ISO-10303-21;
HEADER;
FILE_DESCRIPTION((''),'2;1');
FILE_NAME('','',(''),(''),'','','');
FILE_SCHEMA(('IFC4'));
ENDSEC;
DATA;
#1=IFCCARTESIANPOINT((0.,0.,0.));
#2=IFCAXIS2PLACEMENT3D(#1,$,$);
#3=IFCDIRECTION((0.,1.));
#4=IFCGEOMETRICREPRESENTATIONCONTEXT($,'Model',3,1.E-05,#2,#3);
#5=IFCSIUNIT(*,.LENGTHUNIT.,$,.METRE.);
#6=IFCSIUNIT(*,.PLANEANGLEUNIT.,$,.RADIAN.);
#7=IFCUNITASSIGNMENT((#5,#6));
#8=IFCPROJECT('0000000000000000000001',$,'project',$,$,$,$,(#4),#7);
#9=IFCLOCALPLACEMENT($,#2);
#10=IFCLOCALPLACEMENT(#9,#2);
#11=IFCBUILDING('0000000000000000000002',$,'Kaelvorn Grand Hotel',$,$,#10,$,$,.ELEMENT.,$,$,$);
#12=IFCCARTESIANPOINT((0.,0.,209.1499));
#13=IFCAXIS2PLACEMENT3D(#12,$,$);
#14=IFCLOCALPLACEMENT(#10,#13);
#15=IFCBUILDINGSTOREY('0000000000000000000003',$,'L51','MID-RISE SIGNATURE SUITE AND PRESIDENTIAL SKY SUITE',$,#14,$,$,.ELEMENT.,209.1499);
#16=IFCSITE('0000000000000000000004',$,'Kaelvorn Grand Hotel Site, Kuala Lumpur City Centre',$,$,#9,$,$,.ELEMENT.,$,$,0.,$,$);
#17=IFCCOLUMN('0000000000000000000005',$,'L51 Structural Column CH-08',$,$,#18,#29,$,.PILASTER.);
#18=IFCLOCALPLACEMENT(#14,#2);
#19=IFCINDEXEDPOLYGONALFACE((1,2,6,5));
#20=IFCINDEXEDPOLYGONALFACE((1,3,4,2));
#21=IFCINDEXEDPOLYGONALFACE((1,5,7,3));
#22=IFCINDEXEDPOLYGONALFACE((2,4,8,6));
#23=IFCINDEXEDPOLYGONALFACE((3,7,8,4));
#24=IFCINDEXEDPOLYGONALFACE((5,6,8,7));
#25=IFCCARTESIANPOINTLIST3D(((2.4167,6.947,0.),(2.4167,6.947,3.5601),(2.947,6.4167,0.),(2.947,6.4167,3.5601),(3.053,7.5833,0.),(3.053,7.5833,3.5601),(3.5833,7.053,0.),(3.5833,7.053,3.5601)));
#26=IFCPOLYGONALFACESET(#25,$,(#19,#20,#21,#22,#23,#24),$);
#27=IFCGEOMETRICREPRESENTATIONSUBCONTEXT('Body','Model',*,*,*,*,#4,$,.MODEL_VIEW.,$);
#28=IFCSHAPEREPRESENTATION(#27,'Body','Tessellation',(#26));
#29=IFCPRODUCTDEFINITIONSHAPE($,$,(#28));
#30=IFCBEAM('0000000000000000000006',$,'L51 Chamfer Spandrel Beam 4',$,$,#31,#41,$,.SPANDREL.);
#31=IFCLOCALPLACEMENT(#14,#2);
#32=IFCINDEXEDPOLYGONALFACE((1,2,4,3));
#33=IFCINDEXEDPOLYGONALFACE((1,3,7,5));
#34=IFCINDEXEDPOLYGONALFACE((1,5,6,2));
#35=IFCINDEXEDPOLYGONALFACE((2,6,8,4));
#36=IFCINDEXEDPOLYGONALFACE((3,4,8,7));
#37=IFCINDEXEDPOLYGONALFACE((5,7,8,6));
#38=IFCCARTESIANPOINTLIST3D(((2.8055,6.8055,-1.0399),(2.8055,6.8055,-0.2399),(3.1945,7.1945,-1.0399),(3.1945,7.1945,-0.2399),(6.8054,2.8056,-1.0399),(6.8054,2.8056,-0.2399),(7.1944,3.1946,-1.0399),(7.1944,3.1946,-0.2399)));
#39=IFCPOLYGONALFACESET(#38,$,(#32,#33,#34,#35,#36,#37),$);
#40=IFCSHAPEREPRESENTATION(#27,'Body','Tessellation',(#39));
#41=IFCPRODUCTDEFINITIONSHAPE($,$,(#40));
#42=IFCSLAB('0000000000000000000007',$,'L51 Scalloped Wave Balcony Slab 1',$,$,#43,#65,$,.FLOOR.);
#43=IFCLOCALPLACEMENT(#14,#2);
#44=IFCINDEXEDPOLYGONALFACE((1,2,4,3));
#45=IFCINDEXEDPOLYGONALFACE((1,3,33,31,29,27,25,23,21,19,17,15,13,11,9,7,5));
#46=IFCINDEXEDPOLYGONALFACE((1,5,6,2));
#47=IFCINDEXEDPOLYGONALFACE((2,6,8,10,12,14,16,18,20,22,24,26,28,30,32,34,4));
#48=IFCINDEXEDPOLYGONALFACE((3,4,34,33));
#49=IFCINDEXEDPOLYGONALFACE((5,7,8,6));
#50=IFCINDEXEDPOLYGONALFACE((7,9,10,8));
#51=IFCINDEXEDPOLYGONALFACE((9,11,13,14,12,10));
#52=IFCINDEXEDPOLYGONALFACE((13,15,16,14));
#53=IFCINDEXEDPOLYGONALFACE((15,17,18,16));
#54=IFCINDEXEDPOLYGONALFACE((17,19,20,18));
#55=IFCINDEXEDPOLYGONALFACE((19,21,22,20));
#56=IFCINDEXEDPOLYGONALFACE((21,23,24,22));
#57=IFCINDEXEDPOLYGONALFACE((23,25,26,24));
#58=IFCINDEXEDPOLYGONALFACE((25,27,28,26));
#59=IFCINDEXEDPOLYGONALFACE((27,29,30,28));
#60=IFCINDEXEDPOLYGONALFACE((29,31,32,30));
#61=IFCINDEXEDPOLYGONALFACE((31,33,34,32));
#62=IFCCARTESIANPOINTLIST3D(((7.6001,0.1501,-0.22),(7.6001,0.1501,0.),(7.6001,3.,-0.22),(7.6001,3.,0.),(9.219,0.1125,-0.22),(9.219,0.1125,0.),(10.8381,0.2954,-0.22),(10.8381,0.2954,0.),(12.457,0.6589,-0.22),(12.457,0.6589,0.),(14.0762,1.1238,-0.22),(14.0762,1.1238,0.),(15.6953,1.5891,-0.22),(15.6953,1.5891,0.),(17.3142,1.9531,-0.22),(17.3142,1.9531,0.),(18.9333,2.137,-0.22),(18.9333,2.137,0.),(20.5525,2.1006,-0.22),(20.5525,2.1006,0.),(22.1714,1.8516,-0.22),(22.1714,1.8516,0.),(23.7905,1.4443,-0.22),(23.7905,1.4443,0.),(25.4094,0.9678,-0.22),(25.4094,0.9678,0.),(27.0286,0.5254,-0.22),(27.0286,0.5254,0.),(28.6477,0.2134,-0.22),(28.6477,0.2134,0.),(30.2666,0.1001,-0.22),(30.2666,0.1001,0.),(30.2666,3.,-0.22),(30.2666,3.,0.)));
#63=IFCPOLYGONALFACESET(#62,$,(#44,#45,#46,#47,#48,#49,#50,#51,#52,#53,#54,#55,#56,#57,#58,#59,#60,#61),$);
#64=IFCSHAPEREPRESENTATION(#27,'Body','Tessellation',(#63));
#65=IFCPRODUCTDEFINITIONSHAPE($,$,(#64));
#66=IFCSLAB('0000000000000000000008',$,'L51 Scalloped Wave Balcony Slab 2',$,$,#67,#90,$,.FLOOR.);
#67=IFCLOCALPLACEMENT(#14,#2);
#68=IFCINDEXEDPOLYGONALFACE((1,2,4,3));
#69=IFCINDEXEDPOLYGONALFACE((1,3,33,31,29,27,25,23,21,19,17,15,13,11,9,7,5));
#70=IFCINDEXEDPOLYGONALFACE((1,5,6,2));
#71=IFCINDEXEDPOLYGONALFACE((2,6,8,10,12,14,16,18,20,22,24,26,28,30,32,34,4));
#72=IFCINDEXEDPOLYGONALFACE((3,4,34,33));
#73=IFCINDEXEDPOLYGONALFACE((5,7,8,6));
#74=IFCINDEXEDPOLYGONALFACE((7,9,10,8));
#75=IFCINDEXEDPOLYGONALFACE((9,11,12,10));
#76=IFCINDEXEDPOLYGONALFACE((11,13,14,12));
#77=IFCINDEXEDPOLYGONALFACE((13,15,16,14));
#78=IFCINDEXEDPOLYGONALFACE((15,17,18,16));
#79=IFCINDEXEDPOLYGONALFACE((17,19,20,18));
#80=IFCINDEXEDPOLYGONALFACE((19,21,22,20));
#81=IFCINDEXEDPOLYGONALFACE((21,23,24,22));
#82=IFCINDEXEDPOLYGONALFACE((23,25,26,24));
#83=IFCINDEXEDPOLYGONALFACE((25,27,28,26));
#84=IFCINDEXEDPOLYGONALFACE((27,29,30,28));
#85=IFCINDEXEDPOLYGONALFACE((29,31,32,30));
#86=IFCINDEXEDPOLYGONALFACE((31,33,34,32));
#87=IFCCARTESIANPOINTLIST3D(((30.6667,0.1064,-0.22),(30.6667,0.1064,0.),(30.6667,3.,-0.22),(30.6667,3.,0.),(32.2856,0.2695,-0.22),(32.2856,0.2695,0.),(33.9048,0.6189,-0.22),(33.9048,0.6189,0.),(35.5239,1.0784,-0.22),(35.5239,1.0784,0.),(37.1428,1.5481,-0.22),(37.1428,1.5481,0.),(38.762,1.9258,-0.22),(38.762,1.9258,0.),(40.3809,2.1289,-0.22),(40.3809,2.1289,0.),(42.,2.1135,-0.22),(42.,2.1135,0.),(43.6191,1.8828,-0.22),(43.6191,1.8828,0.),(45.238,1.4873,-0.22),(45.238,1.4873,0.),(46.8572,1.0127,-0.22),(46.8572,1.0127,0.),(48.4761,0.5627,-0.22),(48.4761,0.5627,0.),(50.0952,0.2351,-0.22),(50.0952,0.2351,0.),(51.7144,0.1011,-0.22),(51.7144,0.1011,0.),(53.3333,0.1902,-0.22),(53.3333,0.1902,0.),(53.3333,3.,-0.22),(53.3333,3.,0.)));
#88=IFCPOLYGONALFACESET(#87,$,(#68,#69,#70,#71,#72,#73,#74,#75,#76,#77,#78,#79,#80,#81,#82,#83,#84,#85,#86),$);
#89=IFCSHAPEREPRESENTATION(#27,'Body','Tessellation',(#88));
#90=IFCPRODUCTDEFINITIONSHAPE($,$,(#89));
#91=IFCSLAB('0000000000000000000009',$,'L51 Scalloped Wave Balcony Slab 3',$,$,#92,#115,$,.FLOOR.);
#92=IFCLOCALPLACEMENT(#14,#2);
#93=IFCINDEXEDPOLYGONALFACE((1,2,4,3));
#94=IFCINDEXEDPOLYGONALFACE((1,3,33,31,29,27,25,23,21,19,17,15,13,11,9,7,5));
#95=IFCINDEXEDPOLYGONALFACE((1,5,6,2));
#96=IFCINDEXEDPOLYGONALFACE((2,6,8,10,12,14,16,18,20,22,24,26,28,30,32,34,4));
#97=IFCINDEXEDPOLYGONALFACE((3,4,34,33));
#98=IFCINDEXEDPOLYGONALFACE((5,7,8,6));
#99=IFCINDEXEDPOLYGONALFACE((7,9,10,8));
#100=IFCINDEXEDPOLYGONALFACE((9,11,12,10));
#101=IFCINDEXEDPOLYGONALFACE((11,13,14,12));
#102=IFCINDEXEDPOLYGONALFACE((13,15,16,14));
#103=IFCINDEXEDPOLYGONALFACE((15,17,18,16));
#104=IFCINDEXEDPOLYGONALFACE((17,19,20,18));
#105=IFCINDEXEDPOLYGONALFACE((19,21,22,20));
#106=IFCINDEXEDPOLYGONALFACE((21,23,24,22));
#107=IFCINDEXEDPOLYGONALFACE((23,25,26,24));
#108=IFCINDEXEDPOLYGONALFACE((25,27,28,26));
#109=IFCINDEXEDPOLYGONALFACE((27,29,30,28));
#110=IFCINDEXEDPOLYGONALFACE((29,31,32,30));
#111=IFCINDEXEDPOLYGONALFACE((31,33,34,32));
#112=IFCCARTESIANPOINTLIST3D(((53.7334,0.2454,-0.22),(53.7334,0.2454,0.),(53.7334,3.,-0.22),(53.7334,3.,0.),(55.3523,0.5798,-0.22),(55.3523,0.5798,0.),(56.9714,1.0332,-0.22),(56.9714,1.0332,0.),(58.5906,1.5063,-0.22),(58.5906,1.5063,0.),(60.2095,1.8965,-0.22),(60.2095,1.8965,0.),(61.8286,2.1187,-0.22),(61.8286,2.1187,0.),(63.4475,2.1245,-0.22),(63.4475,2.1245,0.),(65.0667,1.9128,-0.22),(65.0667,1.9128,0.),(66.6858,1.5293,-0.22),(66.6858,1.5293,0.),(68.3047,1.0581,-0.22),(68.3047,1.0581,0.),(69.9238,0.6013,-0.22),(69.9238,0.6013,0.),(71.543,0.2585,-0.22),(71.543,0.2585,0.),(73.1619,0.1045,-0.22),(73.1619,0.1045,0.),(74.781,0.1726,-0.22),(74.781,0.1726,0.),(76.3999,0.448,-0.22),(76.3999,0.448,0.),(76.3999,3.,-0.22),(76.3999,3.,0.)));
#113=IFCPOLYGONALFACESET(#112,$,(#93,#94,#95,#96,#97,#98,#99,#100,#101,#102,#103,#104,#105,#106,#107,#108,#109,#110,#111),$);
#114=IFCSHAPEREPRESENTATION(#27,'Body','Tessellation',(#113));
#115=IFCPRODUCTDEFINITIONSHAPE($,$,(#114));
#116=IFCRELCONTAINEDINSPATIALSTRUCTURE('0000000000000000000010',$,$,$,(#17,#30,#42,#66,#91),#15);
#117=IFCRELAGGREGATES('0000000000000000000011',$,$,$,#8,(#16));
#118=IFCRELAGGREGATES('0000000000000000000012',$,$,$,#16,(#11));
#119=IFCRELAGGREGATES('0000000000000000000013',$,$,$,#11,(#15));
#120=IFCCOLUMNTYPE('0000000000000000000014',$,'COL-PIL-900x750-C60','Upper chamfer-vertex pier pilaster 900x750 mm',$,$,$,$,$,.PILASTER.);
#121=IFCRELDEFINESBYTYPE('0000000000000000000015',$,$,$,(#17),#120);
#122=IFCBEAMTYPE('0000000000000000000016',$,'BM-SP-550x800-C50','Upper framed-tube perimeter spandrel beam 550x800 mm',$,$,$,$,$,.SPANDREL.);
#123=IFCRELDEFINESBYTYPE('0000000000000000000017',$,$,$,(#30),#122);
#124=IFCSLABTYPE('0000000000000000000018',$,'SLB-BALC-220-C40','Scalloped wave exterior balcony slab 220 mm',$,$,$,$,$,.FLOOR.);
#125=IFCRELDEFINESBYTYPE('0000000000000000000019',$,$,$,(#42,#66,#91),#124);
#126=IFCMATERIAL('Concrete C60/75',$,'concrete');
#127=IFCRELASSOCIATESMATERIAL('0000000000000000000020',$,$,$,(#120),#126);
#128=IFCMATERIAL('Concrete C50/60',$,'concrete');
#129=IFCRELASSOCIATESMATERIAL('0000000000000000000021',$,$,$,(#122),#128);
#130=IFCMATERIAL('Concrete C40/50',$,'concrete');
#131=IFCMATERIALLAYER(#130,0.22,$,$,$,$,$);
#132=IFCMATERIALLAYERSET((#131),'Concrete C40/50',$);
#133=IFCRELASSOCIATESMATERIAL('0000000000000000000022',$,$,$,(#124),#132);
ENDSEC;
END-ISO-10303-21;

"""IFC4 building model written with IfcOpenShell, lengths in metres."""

from ifc_helpers import new_model, si_unit, direction, frame, origin, origin_2d, place, context, subcontext, project, spatial, polyline, rectangle, outline, extrude, material, layer, layer_set, material_profile, profile_set, type_object, element, save


model = new_model("IFC4")

# Units and contexts
model_context = context("Model", 3, precision=1e-05, world=origin(), true_north=direction((0.0, 1.0)))
body_context = subcontext(model_context, "Body", "Model", "MODEL_VIEW")
ifc_project = project(units=[si_unit("LENGTHUNIT", "METRE"), si_unit("PLANEANGLEUNIT", "RADIAN")], contexts=[model_context])

# Site, building, storey
site_placement = place(None, origin())
site = spatial("IfcSite", under=ifc_project, at=site_placement, Name="Kaelvorn Grand Hotel Site, Kuala Lumpur City Centre", CompositionType="ELEMENT", RefElevation=0.0)
building_placement = place(site_placement, origin())
building = spatial("IfcBuilding", under=site, at=building_placement, Name="Kaelvorn Grand Hotel", CompositionType="ELEMENT")
storey_placement = place(building_placement, frame((0.0, 0.0, 209.1499)))
storey = spatial("IfcBuildingStorey", under=building, at=storey_placement, Name="L51", Description="MID-RISE SIGNATURE SUITE AND PRESIDENTIAL SKY SUITE", CompositionType="ELEMENT", Elevation=209.1499)

# Column
ifc_material_1 = material(Name="Concrete C60/75", Category="concrete")
ifc_material_profile_1 = material_profile(ifc_material_1, rectangle(XDim=0.8999, YDim=0.75, at=origin_2d()), Name="RC PILASTER 900x750")
ifc_profile_set_1 = profile_set([ifc_material_profile_1], Name="Concrete C60/75")
column_type = type_object("IfcColumnType", Name="COL-PIL-900x750-C60", Description="Upper chamfer-vertex pier pilaster 900x750 mm", PredefinedType="PILASTER", material=ifc_profile_set_1)
column_placement = place(storey_placement, frame((3.0, 7.0, 0.0), z_axis=(0.0, 0.0, 1.0), x_axis=(0.707107, 0.707107, 0.0)))
element("IfcColumn", 1, at=column_placement, inside=storey, type_object=column_type, Name="L51 Structural Column CH-08", PredefinedType="PILASTER", context=body_context, shape_type="SweptSolid", body=[
    extrude(rectangle(XDim=0.8999, YDim=0.75, at=origin_2d()), origin(), (0.0, 0.0, 1.0), 3.5601),
])

# Beam
ifc_material_2 = material(Name="Concrete C50/60", Category="concrete")
ifc_material_profile_2 = material_profile(ifc_material_2, rectangle(XDim=0.55, YDim=0.8, at=origin_2d()), Name="RC SPANDREL 550x800")
ifc_profile_set_2 = profile_set([ifc_material_profile_2], Name="Concrete C50/60")
beam_type = type_object("IfcBeamType", Name="BM-SP-550x800-C50", Description="Upper framed-tube perimeter spandrel beam 550x800 mm", PredefinedType="SPANDREL", material=ifc_profile_set_2)
beam_placement = place(storey_placement, frame((3.0, 7.0, -0.6399), z_axis=(0.707107, -0.707107, 0.0), x_axis=(0.707107, 0.707107, 0.0)))
element("IfcBeam", 2, at=beam_placement, inside=storey, type_object=beam_type, Name="L51 Chamfer Spandrel Beam 4", PredefinedType="SPANDREL", context=body_context, shape_type="SweptSolid", body=[
    extrude(rectangle(XDim=0.55, YDim=0.8, at=origin_2d()), origin(), (0.0, 0.0, 1.0), 5.6567),
])

# Slabs
ifc_material_3 = material(Name="Concrete C40/50", Category="concrete")
ifc_layer_1 = layer(ifc_material_3, 0.22)
ifc_layer_set_1 = layer_set([ifc_layer_1], Name="Concrete C40/50")
slab_type_1 = type_object("IfcSlabType", Name="SLB-BALC-220-C40", Description="Scalloped wave exterior balcony slab 220 mm", PredefinedType="FLOOR", material=ifc_layer_set_1)
slab_1_placement = place(storey_placement, frame((0.0, 0.0, -0.22)))
element("IfcSlab", 3, at=slab_1_placement, inside=storey, type_object=slab_type_1, Name="L51 Scalloped Wave Balcony Slab 1", PredefinedType="FLOOR", context=body_context, shape_type="SweptSolid", body=[
    extrude(outline(polyline([(7.6001, 0.1501), (9.219, 0.1125), (10.8381, 0.2954), (12.457, 0.6589), (14.0762, 1.1238), (15.6953, 1.5891), (17.3142, 1.9531), (18.9333, 2.137), (20.5525, 2.1006), (22.1714, 1.8516), (23.7905, 1.4443), (25.4094, 0.9678), (27.0286, 0.5254), (28.6477, 0.2134), (30.2666, 0.1001), (30.2666, 3.0), (7.6001, 3.0), (7.6001, 0.1501)])), origin(), (0.0, 0.0, 1.0), 0.22),
])
slab_2_placement = place(storey_placement, frame((0.0, 0.0, -0.22)))
element("IfcSlab", 4, at=slab_2_placement, inside=storey, type_object=slab_type_1, Name="L51 Scalloped Wave Balcony Slab 2", PredefinedType="FLOOR", context=body_context, shape_type="SweptSolid", body=[
    extrude(outline(polyline([(30.6667, 0.1064), (32.2856, 0.2695), (33.9048, 0.6189), (35.5239, 1.0784), (37.1428, 1.5481), (38.762, 1.9258), (40.3809, 2.1289), (42.0, 2.1135), (43.6191, 1.8828), (45.238, 1.4873), (46.8572, 1.0127), (48.4761, 0.5627), (50.0952, 0.2351), (51.7144, 0.1011), (53.3333, 0.1902), (53.3333, 3.0), (30.6667, 3.0), (30.6667, 0.1064)])), origin(), (0.0, 0.0, 1.0), 0.22),
])
slab_3_placement = place(storey_placement, frame((0.0, 0.0, -0.22)))
element("IfcSlab", 5, at=slab_3_placement, inside=storey, type_object=slab_type_1, Name="L51 Scalloped Wave Balcony Slab 3", PredefinedType="FLOOR", context=body_context, shape_type="SweptSolid", body=[
    extrude(outline(polyline([(53.7334, 0.2454), (55.3523, 0.5798), (56.9714, 1.0332), (58.5906, 1.5063), (60.2095, 1.8965), (61.8286, 2.1187), (63.4475, 2.1245), (65.0667, 1.9128), (66.6858, 1.5293), (68.3047, 1.0581), (69.9238, 0.6013), (71.543, 0.2585), (73.1619, 0.1045), (74.781, 0.1726), (76.3999, 0.448), (76.3999, 3.0), (53.7334, 3.0), (53.7334, 0.2454)])), origin(), (0.0, 0.0, 1.0), 0.22),
])

save(model, "model.ifc")
